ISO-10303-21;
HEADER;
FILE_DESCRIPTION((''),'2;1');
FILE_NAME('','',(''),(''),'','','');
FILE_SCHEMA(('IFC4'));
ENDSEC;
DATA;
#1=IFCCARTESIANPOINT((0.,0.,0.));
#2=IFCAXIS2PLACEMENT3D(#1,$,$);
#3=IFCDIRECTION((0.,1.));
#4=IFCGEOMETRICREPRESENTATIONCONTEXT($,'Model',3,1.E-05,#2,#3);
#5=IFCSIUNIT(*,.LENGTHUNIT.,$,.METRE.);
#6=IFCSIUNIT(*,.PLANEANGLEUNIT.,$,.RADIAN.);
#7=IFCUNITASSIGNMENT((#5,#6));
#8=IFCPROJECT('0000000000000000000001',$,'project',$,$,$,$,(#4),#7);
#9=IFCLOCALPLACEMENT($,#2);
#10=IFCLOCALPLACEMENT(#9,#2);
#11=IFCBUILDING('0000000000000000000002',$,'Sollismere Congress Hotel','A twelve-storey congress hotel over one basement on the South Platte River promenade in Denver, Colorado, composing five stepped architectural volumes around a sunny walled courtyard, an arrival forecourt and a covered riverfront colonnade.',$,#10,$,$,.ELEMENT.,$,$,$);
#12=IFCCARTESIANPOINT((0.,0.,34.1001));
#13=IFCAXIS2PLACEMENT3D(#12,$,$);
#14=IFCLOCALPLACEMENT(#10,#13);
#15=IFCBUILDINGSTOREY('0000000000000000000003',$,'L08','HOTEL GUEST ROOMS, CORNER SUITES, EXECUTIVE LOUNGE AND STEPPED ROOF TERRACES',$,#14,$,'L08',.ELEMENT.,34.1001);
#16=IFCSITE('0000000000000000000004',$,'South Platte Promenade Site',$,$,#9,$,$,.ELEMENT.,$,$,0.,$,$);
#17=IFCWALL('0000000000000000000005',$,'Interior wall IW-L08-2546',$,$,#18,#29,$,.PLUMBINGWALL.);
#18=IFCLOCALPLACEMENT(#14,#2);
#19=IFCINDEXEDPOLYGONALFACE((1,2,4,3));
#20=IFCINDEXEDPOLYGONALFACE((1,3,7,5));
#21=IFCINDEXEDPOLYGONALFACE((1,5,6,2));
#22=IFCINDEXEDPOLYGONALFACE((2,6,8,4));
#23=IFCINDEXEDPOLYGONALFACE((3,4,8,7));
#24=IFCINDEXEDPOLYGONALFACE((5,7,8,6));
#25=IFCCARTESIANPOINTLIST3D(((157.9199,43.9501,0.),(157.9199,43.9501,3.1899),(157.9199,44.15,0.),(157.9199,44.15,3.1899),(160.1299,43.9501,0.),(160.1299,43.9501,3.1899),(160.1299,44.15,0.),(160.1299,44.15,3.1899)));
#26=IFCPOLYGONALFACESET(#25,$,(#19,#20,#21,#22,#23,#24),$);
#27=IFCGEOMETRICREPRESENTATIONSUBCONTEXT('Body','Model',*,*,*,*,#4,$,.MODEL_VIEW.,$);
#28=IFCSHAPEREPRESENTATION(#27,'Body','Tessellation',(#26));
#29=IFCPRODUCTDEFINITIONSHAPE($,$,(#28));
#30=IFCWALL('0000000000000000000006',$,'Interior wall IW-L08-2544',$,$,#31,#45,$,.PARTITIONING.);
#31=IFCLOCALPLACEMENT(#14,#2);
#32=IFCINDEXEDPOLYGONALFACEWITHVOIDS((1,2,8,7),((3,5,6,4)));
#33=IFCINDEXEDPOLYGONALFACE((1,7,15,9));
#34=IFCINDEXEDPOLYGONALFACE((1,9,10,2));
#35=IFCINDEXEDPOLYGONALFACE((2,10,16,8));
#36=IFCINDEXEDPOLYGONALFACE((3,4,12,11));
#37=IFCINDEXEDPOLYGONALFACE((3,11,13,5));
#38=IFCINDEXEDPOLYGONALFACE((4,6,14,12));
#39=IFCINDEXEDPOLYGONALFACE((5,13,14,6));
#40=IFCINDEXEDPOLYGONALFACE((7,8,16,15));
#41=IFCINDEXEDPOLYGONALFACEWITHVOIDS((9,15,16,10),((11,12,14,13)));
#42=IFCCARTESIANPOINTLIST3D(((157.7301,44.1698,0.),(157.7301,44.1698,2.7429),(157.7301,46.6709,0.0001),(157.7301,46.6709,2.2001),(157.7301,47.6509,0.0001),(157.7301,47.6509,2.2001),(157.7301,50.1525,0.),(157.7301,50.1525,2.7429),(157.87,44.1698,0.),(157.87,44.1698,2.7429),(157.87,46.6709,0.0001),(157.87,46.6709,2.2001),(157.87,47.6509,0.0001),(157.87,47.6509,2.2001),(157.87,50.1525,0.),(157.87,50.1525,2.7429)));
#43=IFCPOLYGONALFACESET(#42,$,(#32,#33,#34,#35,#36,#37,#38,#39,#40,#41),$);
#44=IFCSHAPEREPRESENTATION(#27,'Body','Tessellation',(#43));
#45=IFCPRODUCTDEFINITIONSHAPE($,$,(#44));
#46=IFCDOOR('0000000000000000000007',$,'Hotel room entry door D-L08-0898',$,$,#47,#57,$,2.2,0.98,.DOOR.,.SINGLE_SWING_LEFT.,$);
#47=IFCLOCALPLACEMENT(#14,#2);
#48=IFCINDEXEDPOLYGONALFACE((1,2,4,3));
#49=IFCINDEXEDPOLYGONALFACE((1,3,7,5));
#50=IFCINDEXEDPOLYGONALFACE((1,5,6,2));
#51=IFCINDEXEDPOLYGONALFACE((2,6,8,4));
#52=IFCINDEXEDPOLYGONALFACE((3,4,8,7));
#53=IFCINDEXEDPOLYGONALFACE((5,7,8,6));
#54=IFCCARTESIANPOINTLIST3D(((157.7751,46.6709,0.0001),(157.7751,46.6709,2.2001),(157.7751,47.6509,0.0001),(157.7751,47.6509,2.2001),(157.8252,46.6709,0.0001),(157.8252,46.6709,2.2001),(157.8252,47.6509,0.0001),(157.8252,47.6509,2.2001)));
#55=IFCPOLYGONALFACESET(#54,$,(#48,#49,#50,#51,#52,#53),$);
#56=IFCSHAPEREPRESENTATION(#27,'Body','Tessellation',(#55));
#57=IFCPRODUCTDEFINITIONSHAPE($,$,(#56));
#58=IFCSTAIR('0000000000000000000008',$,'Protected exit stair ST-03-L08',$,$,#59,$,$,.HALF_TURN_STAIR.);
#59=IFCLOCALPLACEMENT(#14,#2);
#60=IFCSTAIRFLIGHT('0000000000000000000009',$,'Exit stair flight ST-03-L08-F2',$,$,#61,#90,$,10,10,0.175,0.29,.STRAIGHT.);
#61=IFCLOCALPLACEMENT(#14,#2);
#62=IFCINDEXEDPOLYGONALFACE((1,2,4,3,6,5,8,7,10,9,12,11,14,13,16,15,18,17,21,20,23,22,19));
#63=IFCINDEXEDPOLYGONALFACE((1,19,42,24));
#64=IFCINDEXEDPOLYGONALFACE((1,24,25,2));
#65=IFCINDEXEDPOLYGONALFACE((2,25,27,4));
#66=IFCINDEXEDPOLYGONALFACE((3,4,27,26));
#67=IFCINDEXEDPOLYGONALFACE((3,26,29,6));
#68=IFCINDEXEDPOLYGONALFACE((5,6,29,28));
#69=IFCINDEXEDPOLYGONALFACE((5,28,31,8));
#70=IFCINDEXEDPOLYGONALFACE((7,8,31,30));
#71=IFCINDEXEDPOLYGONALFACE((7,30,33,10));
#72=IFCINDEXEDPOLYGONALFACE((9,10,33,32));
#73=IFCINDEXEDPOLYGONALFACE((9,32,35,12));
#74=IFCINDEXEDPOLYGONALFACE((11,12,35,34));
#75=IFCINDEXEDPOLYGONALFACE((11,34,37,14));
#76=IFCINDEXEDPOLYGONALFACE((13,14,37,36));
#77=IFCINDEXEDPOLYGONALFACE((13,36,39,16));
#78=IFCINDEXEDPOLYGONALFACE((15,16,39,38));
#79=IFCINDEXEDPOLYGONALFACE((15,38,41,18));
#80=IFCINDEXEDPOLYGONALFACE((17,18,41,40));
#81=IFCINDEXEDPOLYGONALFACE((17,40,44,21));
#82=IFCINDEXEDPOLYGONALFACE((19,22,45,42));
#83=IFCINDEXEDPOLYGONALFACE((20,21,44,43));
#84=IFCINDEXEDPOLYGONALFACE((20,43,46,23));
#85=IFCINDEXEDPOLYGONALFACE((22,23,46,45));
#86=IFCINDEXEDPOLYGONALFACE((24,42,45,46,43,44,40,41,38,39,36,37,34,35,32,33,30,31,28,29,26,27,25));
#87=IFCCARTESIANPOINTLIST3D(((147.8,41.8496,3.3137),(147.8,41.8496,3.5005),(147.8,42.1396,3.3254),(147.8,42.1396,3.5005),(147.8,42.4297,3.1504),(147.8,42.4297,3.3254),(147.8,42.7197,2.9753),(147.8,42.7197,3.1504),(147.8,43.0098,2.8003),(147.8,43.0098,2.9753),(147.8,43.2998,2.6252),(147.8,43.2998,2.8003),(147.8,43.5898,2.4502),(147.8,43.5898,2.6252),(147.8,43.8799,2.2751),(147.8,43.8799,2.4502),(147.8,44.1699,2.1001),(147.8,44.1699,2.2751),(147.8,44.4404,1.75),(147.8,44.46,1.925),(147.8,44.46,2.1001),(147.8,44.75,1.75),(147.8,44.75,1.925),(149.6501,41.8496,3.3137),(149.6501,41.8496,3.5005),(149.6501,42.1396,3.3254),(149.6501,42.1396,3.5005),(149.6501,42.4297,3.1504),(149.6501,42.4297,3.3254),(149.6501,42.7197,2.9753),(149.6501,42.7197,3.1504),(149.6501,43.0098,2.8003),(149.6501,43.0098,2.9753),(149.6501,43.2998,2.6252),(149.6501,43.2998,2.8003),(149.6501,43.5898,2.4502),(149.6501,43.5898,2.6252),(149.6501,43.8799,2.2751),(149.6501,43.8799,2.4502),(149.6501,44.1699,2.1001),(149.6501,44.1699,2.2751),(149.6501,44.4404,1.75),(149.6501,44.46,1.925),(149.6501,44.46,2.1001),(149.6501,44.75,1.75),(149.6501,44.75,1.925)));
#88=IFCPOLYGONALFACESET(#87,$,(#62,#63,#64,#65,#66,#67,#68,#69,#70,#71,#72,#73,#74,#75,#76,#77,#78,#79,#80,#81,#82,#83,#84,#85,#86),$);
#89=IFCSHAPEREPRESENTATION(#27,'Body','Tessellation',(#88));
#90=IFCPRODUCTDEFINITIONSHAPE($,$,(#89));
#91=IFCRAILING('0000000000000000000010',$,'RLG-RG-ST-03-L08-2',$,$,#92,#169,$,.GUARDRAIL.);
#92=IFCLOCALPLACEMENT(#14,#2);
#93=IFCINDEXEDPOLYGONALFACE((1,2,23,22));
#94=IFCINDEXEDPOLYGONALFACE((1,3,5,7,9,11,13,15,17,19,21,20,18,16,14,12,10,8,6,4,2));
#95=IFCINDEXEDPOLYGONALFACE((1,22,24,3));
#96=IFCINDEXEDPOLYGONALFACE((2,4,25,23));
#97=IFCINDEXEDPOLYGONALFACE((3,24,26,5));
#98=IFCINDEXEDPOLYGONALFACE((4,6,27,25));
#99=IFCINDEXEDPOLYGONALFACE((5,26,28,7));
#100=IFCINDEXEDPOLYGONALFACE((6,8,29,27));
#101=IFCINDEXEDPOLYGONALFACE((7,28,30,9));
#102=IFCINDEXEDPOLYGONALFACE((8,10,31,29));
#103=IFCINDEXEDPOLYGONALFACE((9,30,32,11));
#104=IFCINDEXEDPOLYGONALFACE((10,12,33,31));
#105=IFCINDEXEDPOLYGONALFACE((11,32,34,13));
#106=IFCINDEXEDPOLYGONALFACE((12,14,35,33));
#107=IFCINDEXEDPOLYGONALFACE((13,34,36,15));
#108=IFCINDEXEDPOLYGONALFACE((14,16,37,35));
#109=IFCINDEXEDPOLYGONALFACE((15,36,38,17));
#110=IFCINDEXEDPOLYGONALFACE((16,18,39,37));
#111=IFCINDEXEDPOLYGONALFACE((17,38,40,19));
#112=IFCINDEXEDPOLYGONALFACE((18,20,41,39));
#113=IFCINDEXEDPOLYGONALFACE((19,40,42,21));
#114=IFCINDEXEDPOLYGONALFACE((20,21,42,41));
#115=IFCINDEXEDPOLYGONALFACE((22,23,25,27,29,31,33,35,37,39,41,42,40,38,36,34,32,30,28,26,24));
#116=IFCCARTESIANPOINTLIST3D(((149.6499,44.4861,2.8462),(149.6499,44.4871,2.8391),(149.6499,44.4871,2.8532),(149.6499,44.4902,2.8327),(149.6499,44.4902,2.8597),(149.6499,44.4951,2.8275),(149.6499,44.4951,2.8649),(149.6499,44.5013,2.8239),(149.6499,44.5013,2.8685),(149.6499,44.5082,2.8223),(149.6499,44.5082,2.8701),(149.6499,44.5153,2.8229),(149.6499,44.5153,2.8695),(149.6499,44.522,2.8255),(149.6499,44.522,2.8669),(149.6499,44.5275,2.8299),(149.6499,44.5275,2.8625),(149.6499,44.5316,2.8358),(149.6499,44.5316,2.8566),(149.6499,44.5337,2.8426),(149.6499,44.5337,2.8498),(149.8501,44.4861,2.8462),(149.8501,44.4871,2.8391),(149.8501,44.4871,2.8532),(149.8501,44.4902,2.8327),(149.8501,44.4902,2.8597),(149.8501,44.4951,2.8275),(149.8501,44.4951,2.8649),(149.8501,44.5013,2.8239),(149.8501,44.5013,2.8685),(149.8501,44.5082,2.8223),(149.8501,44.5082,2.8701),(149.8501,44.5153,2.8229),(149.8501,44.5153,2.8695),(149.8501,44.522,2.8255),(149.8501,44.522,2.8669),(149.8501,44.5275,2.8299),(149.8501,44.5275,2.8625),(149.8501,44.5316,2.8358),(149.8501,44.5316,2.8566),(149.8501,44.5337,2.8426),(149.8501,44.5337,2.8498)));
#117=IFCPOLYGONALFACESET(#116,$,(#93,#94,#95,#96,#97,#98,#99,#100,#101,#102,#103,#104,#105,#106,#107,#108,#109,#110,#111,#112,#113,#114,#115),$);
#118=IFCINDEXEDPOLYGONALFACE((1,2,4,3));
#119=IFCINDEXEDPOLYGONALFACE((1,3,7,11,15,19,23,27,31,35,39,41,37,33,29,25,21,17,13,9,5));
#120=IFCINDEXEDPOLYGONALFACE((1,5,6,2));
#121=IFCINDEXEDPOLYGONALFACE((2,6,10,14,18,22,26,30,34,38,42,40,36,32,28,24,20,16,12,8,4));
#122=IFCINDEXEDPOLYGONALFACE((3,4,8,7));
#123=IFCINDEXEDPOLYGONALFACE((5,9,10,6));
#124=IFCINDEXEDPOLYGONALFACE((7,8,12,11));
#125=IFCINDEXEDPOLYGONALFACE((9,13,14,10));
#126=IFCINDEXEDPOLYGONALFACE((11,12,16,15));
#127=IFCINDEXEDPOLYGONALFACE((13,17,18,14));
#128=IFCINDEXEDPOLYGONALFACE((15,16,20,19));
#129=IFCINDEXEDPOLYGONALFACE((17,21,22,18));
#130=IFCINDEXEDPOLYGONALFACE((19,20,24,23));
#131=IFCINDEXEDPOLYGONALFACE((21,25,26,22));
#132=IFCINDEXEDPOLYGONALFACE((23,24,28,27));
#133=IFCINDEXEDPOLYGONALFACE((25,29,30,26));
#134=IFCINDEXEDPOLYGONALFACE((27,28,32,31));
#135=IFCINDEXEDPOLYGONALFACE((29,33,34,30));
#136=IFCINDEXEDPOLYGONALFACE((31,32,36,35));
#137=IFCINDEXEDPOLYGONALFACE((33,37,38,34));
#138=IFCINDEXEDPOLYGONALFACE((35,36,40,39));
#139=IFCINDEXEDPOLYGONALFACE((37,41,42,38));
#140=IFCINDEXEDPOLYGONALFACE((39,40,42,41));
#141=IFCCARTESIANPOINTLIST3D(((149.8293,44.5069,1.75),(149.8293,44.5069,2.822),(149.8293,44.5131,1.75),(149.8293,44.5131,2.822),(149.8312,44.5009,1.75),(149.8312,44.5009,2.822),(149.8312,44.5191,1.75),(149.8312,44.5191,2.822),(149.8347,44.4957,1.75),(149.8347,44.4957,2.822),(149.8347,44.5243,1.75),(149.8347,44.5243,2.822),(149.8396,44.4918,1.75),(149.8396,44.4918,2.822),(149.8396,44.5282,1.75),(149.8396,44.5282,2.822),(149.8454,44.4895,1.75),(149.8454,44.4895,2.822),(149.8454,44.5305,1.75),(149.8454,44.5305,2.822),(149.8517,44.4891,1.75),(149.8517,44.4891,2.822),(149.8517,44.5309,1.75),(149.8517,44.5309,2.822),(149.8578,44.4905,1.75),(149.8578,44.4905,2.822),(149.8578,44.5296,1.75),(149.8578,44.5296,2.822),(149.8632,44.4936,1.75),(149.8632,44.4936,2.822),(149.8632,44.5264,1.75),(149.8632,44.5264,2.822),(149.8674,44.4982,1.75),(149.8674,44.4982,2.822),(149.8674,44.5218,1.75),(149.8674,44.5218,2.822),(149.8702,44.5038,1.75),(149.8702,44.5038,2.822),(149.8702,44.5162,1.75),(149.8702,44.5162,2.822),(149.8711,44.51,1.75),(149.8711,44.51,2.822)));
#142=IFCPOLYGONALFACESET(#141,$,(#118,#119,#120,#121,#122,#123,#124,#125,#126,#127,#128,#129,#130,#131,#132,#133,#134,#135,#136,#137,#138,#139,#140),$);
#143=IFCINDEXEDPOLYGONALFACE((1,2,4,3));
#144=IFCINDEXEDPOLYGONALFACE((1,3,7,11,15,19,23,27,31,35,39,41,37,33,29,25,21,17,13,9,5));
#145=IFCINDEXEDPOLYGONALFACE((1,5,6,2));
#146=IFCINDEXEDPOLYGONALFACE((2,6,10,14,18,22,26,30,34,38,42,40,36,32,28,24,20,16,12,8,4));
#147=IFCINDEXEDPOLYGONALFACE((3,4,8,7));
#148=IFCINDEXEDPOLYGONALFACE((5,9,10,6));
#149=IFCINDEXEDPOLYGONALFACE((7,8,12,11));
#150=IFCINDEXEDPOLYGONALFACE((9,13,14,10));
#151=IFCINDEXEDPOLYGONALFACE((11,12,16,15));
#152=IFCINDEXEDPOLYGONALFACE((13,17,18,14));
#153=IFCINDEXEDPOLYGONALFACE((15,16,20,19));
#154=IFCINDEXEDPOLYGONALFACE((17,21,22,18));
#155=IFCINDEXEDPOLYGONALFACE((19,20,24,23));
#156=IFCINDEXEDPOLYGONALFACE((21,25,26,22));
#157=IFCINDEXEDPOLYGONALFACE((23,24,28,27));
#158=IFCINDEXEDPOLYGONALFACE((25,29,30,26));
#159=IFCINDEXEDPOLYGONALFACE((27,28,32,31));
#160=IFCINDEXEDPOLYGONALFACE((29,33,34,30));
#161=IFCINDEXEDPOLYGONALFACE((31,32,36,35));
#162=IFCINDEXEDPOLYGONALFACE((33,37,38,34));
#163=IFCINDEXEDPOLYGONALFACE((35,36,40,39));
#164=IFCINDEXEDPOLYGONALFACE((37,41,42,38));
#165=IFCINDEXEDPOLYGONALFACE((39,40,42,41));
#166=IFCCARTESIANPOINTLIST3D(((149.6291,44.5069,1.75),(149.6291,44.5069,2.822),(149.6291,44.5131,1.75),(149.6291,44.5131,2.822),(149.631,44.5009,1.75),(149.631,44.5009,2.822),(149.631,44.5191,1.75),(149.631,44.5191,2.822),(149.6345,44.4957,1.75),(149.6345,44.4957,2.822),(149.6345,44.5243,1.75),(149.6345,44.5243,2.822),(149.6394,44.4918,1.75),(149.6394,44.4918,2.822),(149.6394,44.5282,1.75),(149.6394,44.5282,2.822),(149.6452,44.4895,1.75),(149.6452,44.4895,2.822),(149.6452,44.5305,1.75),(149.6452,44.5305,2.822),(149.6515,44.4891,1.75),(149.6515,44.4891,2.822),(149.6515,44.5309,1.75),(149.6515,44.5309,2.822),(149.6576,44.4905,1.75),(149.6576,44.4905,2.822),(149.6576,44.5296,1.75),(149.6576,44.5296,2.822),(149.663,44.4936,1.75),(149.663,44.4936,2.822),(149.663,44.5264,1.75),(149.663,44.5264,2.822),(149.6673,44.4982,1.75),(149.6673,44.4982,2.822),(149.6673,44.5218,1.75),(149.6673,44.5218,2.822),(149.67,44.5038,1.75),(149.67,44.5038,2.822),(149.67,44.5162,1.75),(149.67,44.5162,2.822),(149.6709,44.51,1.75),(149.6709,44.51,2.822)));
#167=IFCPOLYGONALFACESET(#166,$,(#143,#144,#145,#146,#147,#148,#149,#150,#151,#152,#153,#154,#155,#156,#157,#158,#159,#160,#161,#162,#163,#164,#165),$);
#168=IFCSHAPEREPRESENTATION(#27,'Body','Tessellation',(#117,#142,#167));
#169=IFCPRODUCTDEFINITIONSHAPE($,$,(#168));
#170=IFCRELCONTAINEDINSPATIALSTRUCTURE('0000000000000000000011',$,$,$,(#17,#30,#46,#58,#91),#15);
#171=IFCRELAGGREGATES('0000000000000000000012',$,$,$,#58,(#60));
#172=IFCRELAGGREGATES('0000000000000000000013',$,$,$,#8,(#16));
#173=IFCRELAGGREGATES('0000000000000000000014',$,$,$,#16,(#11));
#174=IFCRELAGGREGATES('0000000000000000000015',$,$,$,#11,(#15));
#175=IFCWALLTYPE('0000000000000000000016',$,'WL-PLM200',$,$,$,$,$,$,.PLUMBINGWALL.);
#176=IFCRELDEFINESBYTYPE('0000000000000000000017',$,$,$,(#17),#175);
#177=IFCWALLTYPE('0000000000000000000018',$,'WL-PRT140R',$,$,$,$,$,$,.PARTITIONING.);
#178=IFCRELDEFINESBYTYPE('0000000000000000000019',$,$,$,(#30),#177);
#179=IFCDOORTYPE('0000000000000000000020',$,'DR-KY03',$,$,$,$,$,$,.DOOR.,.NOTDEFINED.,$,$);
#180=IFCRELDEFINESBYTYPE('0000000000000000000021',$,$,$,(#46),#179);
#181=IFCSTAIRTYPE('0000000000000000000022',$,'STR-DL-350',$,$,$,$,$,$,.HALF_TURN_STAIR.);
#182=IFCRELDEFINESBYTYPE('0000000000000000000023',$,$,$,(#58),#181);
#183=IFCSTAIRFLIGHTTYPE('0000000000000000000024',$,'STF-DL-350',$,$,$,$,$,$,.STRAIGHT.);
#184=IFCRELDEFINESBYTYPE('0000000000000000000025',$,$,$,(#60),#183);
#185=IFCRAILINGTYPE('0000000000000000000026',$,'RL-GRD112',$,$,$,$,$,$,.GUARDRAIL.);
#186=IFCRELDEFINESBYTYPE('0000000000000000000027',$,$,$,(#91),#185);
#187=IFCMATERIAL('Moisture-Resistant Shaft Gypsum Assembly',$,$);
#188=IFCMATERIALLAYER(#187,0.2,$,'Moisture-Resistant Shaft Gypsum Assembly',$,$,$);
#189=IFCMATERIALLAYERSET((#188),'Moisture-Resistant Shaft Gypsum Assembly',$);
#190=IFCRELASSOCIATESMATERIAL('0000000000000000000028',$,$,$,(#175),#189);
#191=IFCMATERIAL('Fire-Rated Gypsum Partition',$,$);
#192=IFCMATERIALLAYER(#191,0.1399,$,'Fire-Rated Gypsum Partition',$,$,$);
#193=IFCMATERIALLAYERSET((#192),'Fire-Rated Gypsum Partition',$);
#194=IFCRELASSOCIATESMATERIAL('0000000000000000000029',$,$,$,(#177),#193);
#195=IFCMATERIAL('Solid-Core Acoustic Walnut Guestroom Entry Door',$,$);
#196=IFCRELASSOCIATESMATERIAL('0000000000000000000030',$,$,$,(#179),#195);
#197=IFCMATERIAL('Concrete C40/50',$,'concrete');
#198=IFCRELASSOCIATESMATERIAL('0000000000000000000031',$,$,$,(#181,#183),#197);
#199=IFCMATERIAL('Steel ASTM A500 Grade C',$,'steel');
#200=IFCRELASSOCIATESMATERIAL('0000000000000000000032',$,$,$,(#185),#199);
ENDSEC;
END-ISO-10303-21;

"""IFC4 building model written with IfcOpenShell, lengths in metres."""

from ifc_helpers import new_model, si_unit, direction, frame, frame_2d, origin, origin_2d, place, context, subcontext, project, spatial, polyline, rectangle, circle, outline, extrude, material, layer, layer_set, type_object, element, fill, aggregate, save


model = new_model("IFC4")

# Units and contexts
model_context = context("Model", 3, precision=1e-05, world=origin(), true_north=direction((0.0, 1.0)))
body_context = subcontext(model_context, "Body", "Model", "MODEL_VIEW")
ifc_project = project(units=[si_unit("LENGTHUNIT", "METRE"), si_unit("PLANEANGLEUNIT", "RADIAN")], contexts=[model_context])

# Site, building, storey
site_placement = place(None, origin())
site = spatial("IfcSite", under=ifc_project, at=site_placement, Name="South Platte Promenade Site", CompositionType="ELEMENT", RefElevation=0.0)
building_placement = place(site_placement, origin())
building = spatial("IfcBuilding", under=site, at=building_placement, Name="Sollismere Congress Hotel", Description="A twelve-storey congress hotel over one basement on the South Platte River promenade in Denver, Colorado, composing five stepped architectural volumes around a sunny walled courtyard, an arrival forecourt and a covered riverfront colonnade.", CompositionType="ELEMENT")
storey_placement = place(building_placement, frame((0.0, 0.0, 34.1001)))
storey = spatial("IfcBuildingStorey", under=building, at=storey_placement, Name="L08", Description="HOTEL GUEST ROOMS, CORNER SUITES, EXECUTIVE LOUNGE AND STEPPED ROOF TERRACES", LongName="L08", CompositionType="ELEMENT", Elevation=34.1001)

# Wall
ifc_material_1 = material(Name="Moisture-Resistant Shaft Gypsum Assembly")
ifc_layer_1 = layer(ifc_material_1, 0.2, Name="Moisture-Resistant Shaft Gypsum Assembly")
ifc_layer_set_1 = layer_set([ifc_layer_1], Name="Moisture-Resistant Shaft Gypsum Assembly")
wall_type_1 = type_object("IfcWallType", Name="WL-PLM200", PredefinedType="PLUMBINGWALL", material=ifc_layer_set_1)
wall_1_placement = place(storey_placement, frame((157.9199, 44.05, 0.0), z_axis=(0.0, 0.0, 1.0), x_axis=(1.0, 0.0, 0.0)))
element("IfcWall", 1, at=wall_1_placement, inside=storey, type_object=wall_type_1, Name="Interior wall IW-L08-2546", PredefinedType="PLUMBINGWALL", context=body_context, shape_type="SweptSolid", body=[
    extrude(rectangle(XDim=2.21, YDim=0.2, at=frame_2d((1.105, 0.0))), origin(), (0.0, 0.0, 1.0), 3.1899),
])

# Wall, opening, door
ifc_material_2 = material(Name="Fire-Rated Gypsum Partition")
ifc_layer_2 = layer(ifc_material_2, 0.1399, Name="Fire-Rated Gypsum Partition")
ifc_layer_set_2 = layer_set([ifc_layer_2], Name="Fire-Rated Gypsum Partition")
wall_type_2 = type_object("IfcWallType", Name="WL-PRT140R", PredefinedType="PARTITIONING", material=ifc_layer_set_2)
wall_2_placement = place(storey_placement, frame((157.8, 44.1699, 0.0), z_axis=(0.0, 0.0, 1.0), x_axis=(0.0, 1.0, 0.0)))
wall_2 = element("IfcWall", 2, at=wall_2_placement, inside=storey, type_object=wall_type_2, Name="Interior wall IW-L08-2544", PredefinedType="PARTITIONING", context=body_context, shape_type="SweptSolid", body=[
    extrude(rectangle(XDim=5.9827, YDim=0.1399, at=frame_2d((2.9912, 0.0))), origin(), (0.0, 0.0, 1.0), 2.7429),
])
opening_1_placement = place(wall_2_placement, frame((2.501, 0.0, 0.0)))
opening_1 = element("IfcOpeningElement", 3, at=opening_1_placement, cuts=wall_2, PredefinedType="OPENING", context=body_context, shape_type="SweptSolid", body=[
    extrude(rectangle(XDim=0.98, YDim=2.2, at=frame_2d((0.49, 1.1001))), frame((0.0, 0.0798, 0.0), z_axis=(0.0, -1.0, 0.0), x_axis=(1.0, 0.0, 0.0)), (0.0, 0.0, 1.0), 0.1599),
])
ifc_material_3 = material(Name="Solid-Core Acoustic Walnut Guestroom Entry Door")
door_type = type_object("IfcDoorType", Name="DR-KY03", OperationType="NOTDEFINED", PredefinedType="DOOR", material=ifc_material_3)
door_placement = place(opening_1_placement, origin())
door = element("IfcDoor", 4, at=door_placement, inside=storey, type_object=door_type, Name="Hotel room entry door D-L08-0898", OperationType="SINGLE_SWING_LEFT", OverallHeight=2.2, OverallWidth=0.98, PredefinedType="DOOR", context=body_context, shape_type="SweptSolid", body=[
    extrude(rectangle(XDim=0.98, YDim=2.2, at=frame_2d((0.49, 1.1001))), frame((0.0, 0.0249, 0.0), z_axis=(0.0, -1.0, 0.0), x_axis=(1.0, 0.0, 0.0)), (0.0, 0.0, 1.0), 0.05),
])
fill(opening_1, door)

# Stair, stair flight
ifc_material_4 = material(Name="Concrete C40/50", Category="concrete")
stair_type = type_object("IfcStairType", Name="STR-DL-350", PredefinedType="HALF_TURN_STAIR", material=ifc_material_4)
stair_placement = place(storey_placement, origin())
stair = element("IfcStair", 5, at=stair_placement, inside=storey, type_object=stair_type, Name="Protected exit stair ST-03-L08", PredefinedType="HALF_TURN_STAIR")
stair_flight_type = type_object("IfcStairFlightType", Name="STF-DL-350", PredefinedType="STRAIGHT", material=ifc_material_4)
stair_flight_placement = place(storey_placement, frame((148.7251, 44.75, 1.75), z_axis=(0.0, 0.0, 1.0), x_axis=(0.0, -1.0, 0.0)))
stair_flight = element("IfcStairFlight", 6, at=stair_flight_placement, type_object=stair_flight_type, Name="Exit stair flight ST-03-L08-F2", NumberOfRisers=10, NumberOfTreads=10, PredefinedType="STRAIGHT", RiserHeight=0.175, TreadLength=0.29, context=body_context, shape_type="SweptSolid", body=[
    extrude(outline(polyline([(0.0, 0.0), (0.0, 0.175), (0.29, 0.175), (0.29, 0.3501), (0.5801, 0.3501), (0.5801, 0.5251), (0.8701, 0.5251), (0.8701, 0.7002), (1.1602, 0.7002), (1.1602, 0.8752), (1.4502, 0.8752), (1.4502, 1.0503), (1.7402, 1.0503), (1.7402, 1.2253), (2.0303, 1.2253), (2.0303, 1.4004), (2.3203, 1.4004), (2.3203, 1.5754), (2.6104, 1.5754), (2.6104, 1.7505), (2.9004, 1.7505), (2.9004, 1.5637), (0.3096, 0.0), (0.0, 0.0)])), frame((0.0, 0.925, 0.0), z_axis=(0.0, -1.0, 0.0), x_axis=(1.0, 0.0, 0.0)), (0.0, 0.0, 1.0), 1.8501),
])
aggregate(stair, [stair_flight])

# Railing
ifc_material_5 = material(Name="Steel ASTM A500 Grade C", Category="steel")
railing_type_1 = type_object("IfcRailingType", Name="RL-GRD112", PredefinedType="GUARDRAIL", material=ifc_material_5)
railing_1_placement = place(storey_placement, frame((149.8501, 44.51, 1.75)))
element("IfcRailing", 7, at=railing_1_placement, inside=storey, type_object=railing_type_1, Name="RLG-RG-ST-03-L08-2", PredefinedType="GUARDRAIL", context=body_context, shape_type="SweptSolid", body=[
    extrude(circle(Radius=0.0239, at=origin_2d()), frame((0.0, 0.0, 1.0962), z_axis=(-1.0, 0.0, 0.0), x_axis=(0.0, -1.0, 0.0)), (0.0, 0.0, 1.0), 0.2002),
    extrude(circle(Radius=0.021, at=origin_2d()), origin(), (0.0, 0.0, 1.0), 1.072),
    extrude(circle(Radius=0.021, at=origin_2d()), frame((-0.2002, 0.0, 0.0)), (0.0, 0.0, 1.0), 1.072),
])

save(model, "model.ifc")
